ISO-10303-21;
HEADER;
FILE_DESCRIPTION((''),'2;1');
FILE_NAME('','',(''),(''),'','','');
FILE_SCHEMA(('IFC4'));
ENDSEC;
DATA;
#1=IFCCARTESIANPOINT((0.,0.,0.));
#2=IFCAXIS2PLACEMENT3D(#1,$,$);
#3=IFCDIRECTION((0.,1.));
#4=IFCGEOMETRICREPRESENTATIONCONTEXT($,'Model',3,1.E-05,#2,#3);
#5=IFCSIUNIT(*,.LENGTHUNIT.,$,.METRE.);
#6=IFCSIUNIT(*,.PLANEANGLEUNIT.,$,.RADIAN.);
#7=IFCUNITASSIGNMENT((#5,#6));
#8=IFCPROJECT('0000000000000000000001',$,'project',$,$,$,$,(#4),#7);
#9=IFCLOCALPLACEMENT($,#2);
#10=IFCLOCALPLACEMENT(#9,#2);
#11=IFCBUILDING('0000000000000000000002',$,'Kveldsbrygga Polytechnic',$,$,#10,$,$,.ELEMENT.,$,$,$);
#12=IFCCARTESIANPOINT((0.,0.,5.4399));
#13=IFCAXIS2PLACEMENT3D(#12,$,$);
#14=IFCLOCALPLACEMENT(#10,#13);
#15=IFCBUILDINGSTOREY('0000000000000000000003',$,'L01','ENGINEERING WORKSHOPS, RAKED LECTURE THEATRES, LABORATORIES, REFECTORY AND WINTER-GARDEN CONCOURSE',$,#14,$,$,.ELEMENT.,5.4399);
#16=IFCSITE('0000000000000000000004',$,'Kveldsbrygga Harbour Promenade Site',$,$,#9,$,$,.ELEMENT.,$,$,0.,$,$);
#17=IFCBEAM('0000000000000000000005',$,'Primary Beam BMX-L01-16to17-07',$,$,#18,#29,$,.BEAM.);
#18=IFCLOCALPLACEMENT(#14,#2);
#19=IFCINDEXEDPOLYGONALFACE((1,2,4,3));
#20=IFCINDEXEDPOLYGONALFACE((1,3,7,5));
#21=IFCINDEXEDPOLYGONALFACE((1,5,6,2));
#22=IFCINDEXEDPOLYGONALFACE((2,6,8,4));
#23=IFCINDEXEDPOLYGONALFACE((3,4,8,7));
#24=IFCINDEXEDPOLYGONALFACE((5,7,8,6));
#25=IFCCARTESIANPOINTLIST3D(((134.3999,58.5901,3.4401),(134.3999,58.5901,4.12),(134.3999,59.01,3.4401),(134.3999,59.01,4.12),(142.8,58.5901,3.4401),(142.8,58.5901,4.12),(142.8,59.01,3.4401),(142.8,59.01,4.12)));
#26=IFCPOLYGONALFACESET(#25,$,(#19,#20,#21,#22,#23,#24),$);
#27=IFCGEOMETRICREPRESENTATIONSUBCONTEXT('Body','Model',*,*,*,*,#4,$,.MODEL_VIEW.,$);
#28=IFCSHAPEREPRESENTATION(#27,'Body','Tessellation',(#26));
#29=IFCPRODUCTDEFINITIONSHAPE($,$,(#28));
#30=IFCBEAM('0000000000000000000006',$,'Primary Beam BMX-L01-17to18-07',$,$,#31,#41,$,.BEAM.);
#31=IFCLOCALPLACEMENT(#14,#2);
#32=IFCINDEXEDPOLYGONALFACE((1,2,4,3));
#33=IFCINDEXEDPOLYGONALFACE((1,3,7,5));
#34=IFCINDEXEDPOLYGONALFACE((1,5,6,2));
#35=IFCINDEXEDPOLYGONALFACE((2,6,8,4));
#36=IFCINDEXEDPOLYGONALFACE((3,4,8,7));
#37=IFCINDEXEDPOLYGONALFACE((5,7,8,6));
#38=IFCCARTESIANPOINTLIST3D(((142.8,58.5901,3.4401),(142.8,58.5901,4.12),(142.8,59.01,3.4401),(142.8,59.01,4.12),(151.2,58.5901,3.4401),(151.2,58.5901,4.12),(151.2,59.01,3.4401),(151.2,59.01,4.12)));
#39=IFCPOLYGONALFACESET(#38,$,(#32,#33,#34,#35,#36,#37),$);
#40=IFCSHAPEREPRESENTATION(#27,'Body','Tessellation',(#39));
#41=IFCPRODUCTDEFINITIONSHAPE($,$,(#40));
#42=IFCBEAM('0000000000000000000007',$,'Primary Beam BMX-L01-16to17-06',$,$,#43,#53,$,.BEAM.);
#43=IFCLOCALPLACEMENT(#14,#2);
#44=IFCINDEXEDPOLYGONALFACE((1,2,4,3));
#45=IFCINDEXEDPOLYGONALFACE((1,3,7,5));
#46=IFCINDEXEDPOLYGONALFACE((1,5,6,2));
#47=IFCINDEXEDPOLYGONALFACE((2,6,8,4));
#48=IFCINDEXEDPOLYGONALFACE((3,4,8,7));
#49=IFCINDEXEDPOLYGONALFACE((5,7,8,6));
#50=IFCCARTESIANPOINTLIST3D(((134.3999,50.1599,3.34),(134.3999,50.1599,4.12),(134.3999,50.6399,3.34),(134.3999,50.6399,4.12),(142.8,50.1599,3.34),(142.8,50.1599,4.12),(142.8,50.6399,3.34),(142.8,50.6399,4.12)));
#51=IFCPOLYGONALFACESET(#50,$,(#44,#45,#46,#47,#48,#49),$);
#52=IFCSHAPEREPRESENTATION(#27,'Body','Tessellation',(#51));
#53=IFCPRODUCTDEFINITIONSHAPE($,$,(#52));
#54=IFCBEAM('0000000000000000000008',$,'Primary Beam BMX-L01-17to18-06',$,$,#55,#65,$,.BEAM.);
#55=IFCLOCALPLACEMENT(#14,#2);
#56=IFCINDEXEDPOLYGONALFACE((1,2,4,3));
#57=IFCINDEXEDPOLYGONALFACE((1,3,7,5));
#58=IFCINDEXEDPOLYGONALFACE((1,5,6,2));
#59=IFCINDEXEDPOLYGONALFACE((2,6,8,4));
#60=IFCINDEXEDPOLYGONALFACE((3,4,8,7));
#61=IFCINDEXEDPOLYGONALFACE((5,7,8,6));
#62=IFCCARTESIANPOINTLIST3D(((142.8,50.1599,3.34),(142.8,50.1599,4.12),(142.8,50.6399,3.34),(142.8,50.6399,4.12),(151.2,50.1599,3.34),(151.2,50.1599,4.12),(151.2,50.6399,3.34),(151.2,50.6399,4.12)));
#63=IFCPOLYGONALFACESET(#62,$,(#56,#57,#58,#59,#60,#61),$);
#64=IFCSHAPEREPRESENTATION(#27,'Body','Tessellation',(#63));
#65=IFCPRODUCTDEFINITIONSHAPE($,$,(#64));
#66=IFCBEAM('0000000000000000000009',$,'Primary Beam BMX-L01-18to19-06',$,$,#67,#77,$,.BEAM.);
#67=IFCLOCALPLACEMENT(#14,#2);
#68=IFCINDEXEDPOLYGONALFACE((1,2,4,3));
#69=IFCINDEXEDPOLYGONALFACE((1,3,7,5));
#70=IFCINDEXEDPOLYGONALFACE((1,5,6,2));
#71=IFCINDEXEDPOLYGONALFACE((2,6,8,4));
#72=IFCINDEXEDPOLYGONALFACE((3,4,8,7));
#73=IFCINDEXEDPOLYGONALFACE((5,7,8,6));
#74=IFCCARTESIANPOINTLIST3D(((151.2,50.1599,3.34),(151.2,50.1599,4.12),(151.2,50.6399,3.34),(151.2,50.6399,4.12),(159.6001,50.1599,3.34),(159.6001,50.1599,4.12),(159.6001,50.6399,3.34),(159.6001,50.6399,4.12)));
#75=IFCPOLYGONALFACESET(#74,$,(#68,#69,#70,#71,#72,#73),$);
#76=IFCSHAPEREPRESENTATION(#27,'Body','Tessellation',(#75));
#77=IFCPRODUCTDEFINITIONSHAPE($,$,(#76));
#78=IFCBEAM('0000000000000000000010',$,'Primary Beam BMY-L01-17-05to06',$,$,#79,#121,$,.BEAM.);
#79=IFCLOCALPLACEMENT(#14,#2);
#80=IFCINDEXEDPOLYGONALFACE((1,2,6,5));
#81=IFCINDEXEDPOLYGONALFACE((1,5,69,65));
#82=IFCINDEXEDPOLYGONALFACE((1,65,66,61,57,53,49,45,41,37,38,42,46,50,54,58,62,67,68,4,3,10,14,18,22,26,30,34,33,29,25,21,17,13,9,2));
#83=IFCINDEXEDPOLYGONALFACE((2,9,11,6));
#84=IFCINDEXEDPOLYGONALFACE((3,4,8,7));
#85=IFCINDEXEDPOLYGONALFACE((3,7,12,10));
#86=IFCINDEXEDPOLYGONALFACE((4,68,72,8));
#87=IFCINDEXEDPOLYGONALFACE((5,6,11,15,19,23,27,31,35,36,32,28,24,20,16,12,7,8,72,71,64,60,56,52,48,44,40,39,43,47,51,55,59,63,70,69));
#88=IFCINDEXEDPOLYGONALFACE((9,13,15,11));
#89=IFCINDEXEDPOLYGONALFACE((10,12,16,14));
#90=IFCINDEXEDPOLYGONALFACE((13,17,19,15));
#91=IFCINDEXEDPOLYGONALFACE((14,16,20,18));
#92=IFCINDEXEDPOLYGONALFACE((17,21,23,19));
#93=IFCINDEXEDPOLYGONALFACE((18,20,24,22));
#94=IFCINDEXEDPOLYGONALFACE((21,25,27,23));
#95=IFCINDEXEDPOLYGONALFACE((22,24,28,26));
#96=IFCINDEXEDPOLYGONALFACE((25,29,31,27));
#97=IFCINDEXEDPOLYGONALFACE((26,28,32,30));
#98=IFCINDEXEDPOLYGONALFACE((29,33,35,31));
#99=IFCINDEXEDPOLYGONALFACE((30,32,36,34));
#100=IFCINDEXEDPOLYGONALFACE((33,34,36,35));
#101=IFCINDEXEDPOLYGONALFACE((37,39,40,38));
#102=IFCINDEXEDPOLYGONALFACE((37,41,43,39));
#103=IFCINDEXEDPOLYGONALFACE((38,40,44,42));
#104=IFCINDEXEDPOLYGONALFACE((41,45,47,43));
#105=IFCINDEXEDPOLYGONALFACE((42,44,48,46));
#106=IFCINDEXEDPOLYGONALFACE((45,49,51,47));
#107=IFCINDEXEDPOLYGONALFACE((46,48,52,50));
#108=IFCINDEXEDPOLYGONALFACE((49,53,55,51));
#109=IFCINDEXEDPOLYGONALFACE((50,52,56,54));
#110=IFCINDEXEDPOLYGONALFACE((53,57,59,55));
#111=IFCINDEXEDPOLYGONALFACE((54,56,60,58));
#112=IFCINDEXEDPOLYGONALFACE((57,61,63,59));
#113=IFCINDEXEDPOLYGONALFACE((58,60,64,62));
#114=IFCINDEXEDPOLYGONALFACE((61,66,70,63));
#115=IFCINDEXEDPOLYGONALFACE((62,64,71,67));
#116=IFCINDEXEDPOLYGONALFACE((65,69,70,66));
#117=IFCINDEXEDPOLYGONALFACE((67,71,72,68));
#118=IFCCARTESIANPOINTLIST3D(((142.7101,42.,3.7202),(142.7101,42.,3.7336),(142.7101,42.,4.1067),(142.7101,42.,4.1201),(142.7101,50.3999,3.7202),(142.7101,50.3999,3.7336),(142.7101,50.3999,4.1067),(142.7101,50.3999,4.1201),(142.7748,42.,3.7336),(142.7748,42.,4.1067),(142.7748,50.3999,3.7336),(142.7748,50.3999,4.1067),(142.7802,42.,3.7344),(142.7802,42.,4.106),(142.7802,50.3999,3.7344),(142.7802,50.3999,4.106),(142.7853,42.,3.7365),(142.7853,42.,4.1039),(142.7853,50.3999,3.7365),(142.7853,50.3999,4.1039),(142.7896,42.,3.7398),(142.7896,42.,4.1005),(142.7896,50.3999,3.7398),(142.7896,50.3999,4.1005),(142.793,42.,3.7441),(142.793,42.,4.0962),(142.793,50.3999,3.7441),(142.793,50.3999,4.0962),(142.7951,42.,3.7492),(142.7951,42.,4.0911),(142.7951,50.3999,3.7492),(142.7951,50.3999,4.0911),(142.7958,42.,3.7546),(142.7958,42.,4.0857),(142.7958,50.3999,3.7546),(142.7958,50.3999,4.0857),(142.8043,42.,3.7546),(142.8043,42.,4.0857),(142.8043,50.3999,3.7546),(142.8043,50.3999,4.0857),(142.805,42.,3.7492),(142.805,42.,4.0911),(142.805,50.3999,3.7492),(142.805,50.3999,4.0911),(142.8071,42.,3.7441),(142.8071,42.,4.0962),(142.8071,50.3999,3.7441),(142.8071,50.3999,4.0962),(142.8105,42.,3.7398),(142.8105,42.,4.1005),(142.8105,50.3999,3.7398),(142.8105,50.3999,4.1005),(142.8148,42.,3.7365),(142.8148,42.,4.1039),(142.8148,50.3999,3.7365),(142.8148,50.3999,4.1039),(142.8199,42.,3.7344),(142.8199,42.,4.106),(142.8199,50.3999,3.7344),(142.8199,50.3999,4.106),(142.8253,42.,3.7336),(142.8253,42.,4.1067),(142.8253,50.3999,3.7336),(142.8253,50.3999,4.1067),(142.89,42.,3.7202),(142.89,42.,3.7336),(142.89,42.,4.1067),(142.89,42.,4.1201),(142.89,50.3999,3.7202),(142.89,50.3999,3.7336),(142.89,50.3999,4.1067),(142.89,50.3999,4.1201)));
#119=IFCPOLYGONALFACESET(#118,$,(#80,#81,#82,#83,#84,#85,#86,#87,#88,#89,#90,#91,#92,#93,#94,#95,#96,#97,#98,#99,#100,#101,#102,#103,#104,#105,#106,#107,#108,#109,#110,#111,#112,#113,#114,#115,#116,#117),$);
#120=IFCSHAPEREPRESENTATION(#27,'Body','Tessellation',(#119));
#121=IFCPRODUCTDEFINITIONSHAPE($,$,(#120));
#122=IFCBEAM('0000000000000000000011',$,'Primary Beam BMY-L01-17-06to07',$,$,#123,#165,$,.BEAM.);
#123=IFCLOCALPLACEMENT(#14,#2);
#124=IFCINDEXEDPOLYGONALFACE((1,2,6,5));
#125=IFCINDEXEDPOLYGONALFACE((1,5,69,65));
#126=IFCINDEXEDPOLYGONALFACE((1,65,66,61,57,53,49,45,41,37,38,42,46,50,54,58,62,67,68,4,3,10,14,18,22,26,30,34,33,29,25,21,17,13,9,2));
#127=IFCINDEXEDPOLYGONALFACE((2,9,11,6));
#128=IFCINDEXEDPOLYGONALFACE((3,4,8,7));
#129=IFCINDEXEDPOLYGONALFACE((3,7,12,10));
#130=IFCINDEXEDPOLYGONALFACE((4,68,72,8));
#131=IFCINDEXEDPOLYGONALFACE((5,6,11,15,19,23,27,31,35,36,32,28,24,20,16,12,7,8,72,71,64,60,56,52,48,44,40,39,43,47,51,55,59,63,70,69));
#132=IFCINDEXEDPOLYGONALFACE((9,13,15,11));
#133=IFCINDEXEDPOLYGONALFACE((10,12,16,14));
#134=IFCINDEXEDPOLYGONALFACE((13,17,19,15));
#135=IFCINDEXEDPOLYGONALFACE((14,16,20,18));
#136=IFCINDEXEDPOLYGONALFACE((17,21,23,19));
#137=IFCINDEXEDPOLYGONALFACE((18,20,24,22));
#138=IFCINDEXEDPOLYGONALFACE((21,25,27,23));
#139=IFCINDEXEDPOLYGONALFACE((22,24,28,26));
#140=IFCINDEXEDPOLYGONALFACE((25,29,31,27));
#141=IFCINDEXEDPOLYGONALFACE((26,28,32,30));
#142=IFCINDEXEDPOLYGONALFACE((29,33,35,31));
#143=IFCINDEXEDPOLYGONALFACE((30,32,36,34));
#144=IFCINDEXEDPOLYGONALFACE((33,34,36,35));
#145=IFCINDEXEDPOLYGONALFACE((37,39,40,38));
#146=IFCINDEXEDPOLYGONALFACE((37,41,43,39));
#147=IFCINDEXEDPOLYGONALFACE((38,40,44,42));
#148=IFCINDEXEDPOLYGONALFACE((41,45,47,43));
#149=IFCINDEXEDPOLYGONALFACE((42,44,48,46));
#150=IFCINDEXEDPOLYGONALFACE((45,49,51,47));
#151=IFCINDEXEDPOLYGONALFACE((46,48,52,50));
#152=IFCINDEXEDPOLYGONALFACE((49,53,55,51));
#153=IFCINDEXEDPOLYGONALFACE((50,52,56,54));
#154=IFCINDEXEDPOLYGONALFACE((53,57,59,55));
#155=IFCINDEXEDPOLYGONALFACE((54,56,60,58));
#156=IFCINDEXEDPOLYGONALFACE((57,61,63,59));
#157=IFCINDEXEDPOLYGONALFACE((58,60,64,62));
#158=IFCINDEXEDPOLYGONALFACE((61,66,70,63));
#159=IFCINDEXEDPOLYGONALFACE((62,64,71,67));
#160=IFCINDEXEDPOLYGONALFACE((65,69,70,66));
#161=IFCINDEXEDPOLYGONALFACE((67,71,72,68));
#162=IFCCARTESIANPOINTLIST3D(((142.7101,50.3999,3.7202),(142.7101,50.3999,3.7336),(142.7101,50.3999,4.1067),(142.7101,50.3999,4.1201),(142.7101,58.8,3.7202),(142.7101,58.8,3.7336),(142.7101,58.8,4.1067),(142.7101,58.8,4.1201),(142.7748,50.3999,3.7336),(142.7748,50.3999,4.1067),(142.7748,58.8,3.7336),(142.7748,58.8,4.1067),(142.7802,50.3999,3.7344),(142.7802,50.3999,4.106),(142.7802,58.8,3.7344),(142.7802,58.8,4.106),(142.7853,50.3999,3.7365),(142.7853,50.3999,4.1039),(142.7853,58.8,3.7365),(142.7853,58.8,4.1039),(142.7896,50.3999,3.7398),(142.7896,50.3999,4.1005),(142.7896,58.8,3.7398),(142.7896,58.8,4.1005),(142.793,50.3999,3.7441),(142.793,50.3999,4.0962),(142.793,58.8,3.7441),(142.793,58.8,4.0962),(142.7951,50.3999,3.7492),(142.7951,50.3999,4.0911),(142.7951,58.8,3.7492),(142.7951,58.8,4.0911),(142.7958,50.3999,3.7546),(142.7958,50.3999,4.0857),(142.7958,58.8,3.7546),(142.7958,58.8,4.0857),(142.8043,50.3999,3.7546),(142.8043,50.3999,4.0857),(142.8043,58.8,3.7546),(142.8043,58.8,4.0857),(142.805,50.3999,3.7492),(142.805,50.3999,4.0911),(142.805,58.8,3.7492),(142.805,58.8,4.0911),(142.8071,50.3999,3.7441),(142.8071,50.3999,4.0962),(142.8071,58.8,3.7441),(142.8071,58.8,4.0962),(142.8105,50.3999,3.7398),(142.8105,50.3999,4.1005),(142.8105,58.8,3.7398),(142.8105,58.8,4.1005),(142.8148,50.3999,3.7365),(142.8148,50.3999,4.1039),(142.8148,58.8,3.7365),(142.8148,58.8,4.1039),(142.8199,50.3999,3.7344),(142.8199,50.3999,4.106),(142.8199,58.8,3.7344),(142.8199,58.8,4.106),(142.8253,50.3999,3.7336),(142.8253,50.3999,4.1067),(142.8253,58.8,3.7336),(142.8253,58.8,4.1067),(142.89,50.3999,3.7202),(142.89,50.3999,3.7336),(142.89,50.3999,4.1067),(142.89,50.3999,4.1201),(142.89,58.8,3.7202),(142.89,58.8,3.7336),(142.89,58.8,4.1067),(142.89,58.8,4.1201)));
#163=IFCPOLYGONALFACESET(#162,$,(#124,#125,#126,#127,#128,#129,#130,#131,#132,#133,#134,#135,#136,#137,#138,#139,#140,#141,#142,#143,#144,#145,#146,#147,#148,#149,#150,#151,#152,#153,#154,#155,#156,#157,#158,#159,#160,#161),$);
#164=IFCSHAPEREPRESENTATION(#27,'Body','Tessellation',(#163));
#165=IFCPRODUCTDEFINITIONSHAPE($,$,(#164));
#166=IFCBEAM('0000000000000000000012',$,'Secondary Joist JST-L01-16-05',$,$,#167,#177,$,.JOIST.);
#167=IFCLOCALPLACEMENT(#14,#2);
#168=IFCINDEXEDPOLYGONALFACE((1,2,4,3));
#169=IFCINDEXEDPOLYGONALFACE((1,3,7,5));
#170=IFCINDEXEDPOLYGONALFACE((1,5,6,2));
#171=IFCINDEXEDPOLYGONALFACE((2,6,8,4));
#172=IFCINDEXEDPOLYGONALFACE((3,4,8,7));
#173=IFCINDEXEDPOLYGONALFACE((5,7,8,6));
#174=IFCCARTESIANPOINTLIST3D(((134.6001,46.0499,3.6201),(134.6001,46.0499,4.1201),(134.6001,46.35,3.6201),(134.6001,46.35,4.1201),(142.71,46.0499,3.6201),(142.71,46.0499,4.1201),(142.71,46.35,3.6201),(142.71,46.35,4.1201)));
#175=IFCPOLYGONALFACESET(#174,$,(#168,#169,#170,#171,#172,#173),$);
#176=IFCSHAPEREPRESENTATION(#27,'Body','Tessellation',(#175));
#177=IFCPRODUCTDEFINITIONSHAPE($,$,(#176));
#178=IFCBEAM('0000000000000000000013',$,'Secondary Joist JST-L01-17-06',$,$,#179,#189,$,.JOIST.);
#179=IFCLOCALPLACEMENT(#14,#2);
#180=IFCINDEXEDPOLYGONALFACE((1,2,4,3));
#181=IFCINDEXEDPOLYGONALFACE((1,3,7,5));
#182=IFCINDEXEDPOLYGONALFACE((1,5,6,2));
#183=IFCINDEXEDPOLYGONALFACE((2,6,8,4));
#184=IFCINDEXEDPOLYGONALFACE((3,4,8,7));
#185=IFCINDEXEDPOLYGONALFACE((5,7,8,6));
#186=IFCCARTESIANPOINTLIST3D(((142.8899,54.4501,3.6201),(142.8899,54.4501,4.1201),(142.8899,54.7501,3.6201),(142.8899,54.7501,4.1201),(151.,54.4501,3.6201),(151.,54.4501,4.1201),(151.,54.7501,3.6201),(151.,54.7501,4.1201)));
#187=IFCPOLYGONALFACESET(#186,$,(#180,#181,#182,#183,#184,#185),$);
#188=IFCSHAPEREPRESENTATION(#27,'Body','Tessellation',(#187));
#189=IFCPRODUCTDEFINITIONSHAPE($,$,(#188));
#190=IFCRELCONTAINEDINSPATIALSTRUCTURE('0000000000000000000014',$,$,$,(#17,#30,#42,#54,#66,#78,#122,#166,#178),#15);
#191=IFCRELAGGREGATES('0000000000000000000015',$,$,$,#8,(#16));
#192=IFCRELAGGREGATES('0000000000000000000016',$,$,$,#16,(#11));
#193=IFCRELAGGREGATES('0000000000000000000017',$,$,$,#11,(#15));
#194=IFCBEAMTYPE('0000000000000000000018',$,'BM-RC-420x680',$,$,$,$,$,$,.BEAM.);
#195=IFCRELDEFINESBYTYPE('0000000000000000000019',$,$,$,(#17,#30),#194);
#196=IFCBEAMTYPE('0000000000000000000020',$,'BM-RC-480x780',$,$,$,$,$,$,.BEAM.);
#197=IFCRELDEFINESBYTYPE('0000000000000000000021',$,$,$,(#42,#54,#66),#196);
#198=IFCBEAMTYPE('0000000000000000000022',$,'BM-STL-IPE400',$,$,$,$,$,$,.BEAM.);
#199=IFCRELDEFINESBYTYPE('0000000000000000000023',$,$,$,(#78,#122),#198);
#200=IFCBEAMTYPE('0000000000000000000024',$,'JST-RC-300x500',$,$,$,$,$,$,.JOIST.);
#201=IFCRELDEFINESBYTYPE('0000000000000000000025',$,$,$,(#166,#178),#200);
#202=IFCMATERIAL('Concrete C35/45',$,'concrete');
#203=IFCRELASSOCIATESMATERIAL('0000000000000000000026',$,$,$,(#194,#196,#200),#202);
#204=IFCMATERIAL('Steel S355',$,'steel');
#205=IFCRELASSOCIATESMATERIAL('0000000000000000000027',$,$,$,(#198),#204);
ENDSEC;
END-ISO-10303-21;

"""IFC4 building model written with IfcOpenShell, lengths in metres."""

from ifc_helpers import new_model, si_unit, direction, frame, origin, origin_2d, place, context, subcontext, project, spatial, rectangle, i_section, extrude, material, material_profile, profile_set, type_object, element, save


model = new_model("IFC4")

# Units and contexts
model_context = context("Model", 3, precision=1e-05, world=origin(), true_north=direction((0.0, 1.0)))
body_context = subcontext(model_context, "Body", "Model", "MODEL_VIEW")
ifc_project = project(units=[si_unit("LENGTHUNIT", "METRE"), si_unit("PLANEANGLEUNIT", "RADIAN")], contexts=[model_context])

# Site, building, storey
site_placement = place(None, origin())
site = spatial("IfcSite", under=ifc_project, at=site_placement, Name="Kveldsbrygga Harbour Promenade Site", CompositionType="ELEMENT", RefElevation=0.0)
building_placement = place(site_placement, origin())
building = spatial("IfcBuilding", under=site, at=building_placement, Name="Kveldsbrygga Polytechnic", CompositionType="ELEMENT")
storey_placement = place(building_placement, frame((0.0, 0.0, 5.4399)))
storey = spatial("IfcBuildingStorey", under=building, at=storey_placement, Name="L01", Description="ENGINEERING WORKSHOPS, RAKED LECTURE THEATRES, LABORATORIES, REFECTORY AND WINTER-GARDEN CONCOURSE", CompositionType="ELEMENT", Elevation=5.4399)

# Beams
ifc_material_1 = material(Name="Concrete C35/45", Category="concrete")
ifc_material_profile_1 = material_profile(ifc_material_1, rectangle(XDim=0.4199, YDim=0.6799, at=origin_2d()), Name="RC 420x680")
ifc_profile_set_1 = profile_set([ifc_material_profile_1], Name="Concrete C35/45")
beam_type_1 = type_object("IfcBeamType", Name="BM-RC-420x680", PredefinedType="BEAM", material=ifc_profile_set_1)
for number, where, z_axis, x_axis, name in (
    (1, (134.3999, 58.8, 3.78), (1.0, 0.0, 0.0), (0.0, 1.0, 0.0), "Primary Beam BMX-L01-16to17-07"),
):
    element("IfcBeam", number, at=place(storey_placement, frame(where, z_axis=z_axis, x_axis=x_axis)), inside=storey, type_object=beam_type_1, Name=name, PredefinedType="BEAM", context=body_context, shape_type="SweptSolid", body=[
        extrude(rectangle(XDim=0.4199, YDim=0.6799, at=origin_2d()), origin(), (0.0, 0.0, 1.0), 8.4001),
    ])
beam_1_placement = place(storey_placement, frame((142.8, 58.8, 3.78), z_axis=(1.0, 0.0, 0.0), x_axis=(0.0, 1.0, 0.0)))
element("IfcBeam", 2, at=beam_1_placement, inside=storey, type_object=beam_type_1, Name="Primary Beam BMX-L01-17to18-07", PredefinedType="BEAM", context=body_context, shape_type="SweptSolid", body=[
    extrude(rectangle(XDim=0.4199, YDim=0.6799, at=origin_2d()), origin(), (0.0, 0.0, 1.0), 8.3999),
])
ifc_material_profile_2 = material_profile(ifc_material_1, rectangle(XDim=0.48, YDim=0.78, at=origin_2d()), Name="RC 480x780")
ifc_profile_set_2 = profile_set([ifc_material_profile_2], Name="Concrete C35/45")
beam_type_2 = type_object("IfcBeamType", Name="BM-RC-480x780", PredefinedType="BEAM", material=ifc_profile_set_2)
beam_2_placement = place(storey_placement, frame((134.3999, 50.3999, 3.73), z_axis=(1.0, 0.0, 0.0), x_axis=(0.0, 1.0, 0.0)))
element("IfcBeam", 3, at=beam_2_placement, inside=storey, type_object=beam_type_2, Name="Primary Beam BMX-L01-16to17-06", PredefinedType="BEAM", context=body_context, shape_type="SweptSolid", body=[
    extrude(rectangle(XDim=0.48, YDim=0.78, at=origin_2d()), origin(), (0.0, 0.0, 1.0), 8.4001),
])
beam_3_placement = place(storey_placement, frame((142.8, 50.3999, 3.73), z_axis=(1.0, 0.0, 0.0), x_axis=(0.0, 1.0, 0.0)))
element("IfcBeam", 4, at=beam_3_placement, inside=storey, type_object=beam_type_2, Name="Primary Beam BMX-L01-17to18-06", PredefinedType="BEAM", context=body_context, shape_type="SweptSolid", body=[
    extrude(rectangle(XDim=0.48, YDim=0.78, at=origin_2d()), origin(), (0.0, 0.0, 1.0), 8.3999),
])
beam_4_placement = place(storey_placement, frame((151.2, 50.3999, 3.73), z_axis=(1.0, 0.0, 0.0), x_axis=(0.0, 1.0, 0.0)))
element("IfcBeam", 5, at=beam_4_placement, inside=storey, type_object=beam_type_2, Name="Primary Beam BMX-L01-18to19-06", PredefinedType="BEAM", context=body_context, shape_type="SweptSolid", body=[
    extrude(rectangle(XDim=0.48, YDim=0.78, at=origin_2d()), origin(), (0.0, 0.0, 1.0), 8.4001),
])
ifc_material_2 = material(Name="Steel S355", Category="steel")
ifc_material_profile_3 = material_profile(ifc_material_2, i_section(OverallWidth=0.1799, OverallDepth=0.3999, WebThickness=0.0085, FlangeThickness=0.0134, FilletRadius=0.021, at=origin_2d()), Name="IPE 400")
ifc_profile_set_3 = profile_set([ifc_material_profile_3], Name="Steel S355")
beam_type_3 = type_object("IfcBeamType", Name="BM-STL-IPE400", PredefinedType="BEAM", material=ifc_profile_set_3)
beam_5_placement = place(storey_placement, frame((142.8, 42.0, 3.9202), z_axis=(0.0, 1.0, 0.0), x_axis=(-1.0, 0.0, 0.0)))
element("IfcBeam", 6, at=beam_5_placement, inside=storey, type_object=beam_type_3, Name="Primary Beam BMY-L01-17-05to06", PredefinedType="BEAM", context=body_context, shape_type="SweptSolid", body=[
    extrude(i_section(OverallWidth=0.1799, OverallDepth=0.3999, WebThickness=0.0085, FlangeThickness=0.0134, FilletRadius=0.021, at=origin_2d()), origin(), (0.0, 0.0, 1.0), 8.3999),
])
beam_6_placement = place(storey_placement, frame((142.8, 50.3999, 3.9202), z_axis=(0.0, 1.0, 0.0), x_axis=(-1.0, 0.0, 0.0)))
element("IfcBeam", 7, at=beam_6_placement, inside=storey, type_object=beam_type_3, Name="Primary Beam BMY-L01-17-06to07", PredefinedType="BEAM", context=body_context, shape_type="SweptSolid", body=[
    extrude(i_section(OverallWidth=0.1799, OverallDepth=0.3999, WebThickness=0.0085, FlangeThickness=0.0134, FilletRadius=0.021, at=origin_2d()), origin(), (0.0, 0.0, 1.0), 8.4001),
])
ifc_material_profile_4 = material_profile(ifc_material_1, rectangle(XDim=0.3, YDim=0.5, at=origin_2d()), Name="RC 300x500")
ifc_profile_set_4 = profile_set([ifc_material_profile_4], Name="Concrete C35/45")
beam_type_4 = type_object("IfcBeamType", Name="JST-RC-300x500", PredefinedType="JOIST", material=ifc_profile_set_4)
beam_7_placement = place(storey_placement, frame((134.6001, 46.2, 3.8701), z_axis=(1.0, 0.0, 0.0), x_axis=(0.0, 1.0, 0.0)))
element("IfcBeam", 8, at=beam_7_placement, inside=storey, type_object=beam_type_4, Name="Secondary Joist JST-L01-16-05", PredefinedType="JOIST", context=body_context, shape_type="SweptSolid", body=[
    extrude(rectangle(XDim=0.3, YDim=0.5, at=origin_2d()), origin(), (0.0, 0.0, 1.0), 8.1099),
])
for number, where, z_axis, x_axis, name in (
    (9, (142.8899, 54.6001, 3.8701), (1.0, 0.0, 0.0), (0.0, 1.0, 0.0), "Secondary Joist JST-L01-17-06"),
):
    element("IfcBeam", number, at=place(storey_placement, frame(where, z_axis=z_axis, x_axis=x_axis)), inside=storey, type_object=beam_type_4, Name=name, PredefinedType="JOIST", context=body_context, shape_type="SweptSolid", body=[
        extrude(rectangle(XDim=0.3, YDim=0.5, at=origin_2d()), origin(), (0.0, 0.0, 1.0), 8.1101),
    ])

save(model, "model.ifc")
